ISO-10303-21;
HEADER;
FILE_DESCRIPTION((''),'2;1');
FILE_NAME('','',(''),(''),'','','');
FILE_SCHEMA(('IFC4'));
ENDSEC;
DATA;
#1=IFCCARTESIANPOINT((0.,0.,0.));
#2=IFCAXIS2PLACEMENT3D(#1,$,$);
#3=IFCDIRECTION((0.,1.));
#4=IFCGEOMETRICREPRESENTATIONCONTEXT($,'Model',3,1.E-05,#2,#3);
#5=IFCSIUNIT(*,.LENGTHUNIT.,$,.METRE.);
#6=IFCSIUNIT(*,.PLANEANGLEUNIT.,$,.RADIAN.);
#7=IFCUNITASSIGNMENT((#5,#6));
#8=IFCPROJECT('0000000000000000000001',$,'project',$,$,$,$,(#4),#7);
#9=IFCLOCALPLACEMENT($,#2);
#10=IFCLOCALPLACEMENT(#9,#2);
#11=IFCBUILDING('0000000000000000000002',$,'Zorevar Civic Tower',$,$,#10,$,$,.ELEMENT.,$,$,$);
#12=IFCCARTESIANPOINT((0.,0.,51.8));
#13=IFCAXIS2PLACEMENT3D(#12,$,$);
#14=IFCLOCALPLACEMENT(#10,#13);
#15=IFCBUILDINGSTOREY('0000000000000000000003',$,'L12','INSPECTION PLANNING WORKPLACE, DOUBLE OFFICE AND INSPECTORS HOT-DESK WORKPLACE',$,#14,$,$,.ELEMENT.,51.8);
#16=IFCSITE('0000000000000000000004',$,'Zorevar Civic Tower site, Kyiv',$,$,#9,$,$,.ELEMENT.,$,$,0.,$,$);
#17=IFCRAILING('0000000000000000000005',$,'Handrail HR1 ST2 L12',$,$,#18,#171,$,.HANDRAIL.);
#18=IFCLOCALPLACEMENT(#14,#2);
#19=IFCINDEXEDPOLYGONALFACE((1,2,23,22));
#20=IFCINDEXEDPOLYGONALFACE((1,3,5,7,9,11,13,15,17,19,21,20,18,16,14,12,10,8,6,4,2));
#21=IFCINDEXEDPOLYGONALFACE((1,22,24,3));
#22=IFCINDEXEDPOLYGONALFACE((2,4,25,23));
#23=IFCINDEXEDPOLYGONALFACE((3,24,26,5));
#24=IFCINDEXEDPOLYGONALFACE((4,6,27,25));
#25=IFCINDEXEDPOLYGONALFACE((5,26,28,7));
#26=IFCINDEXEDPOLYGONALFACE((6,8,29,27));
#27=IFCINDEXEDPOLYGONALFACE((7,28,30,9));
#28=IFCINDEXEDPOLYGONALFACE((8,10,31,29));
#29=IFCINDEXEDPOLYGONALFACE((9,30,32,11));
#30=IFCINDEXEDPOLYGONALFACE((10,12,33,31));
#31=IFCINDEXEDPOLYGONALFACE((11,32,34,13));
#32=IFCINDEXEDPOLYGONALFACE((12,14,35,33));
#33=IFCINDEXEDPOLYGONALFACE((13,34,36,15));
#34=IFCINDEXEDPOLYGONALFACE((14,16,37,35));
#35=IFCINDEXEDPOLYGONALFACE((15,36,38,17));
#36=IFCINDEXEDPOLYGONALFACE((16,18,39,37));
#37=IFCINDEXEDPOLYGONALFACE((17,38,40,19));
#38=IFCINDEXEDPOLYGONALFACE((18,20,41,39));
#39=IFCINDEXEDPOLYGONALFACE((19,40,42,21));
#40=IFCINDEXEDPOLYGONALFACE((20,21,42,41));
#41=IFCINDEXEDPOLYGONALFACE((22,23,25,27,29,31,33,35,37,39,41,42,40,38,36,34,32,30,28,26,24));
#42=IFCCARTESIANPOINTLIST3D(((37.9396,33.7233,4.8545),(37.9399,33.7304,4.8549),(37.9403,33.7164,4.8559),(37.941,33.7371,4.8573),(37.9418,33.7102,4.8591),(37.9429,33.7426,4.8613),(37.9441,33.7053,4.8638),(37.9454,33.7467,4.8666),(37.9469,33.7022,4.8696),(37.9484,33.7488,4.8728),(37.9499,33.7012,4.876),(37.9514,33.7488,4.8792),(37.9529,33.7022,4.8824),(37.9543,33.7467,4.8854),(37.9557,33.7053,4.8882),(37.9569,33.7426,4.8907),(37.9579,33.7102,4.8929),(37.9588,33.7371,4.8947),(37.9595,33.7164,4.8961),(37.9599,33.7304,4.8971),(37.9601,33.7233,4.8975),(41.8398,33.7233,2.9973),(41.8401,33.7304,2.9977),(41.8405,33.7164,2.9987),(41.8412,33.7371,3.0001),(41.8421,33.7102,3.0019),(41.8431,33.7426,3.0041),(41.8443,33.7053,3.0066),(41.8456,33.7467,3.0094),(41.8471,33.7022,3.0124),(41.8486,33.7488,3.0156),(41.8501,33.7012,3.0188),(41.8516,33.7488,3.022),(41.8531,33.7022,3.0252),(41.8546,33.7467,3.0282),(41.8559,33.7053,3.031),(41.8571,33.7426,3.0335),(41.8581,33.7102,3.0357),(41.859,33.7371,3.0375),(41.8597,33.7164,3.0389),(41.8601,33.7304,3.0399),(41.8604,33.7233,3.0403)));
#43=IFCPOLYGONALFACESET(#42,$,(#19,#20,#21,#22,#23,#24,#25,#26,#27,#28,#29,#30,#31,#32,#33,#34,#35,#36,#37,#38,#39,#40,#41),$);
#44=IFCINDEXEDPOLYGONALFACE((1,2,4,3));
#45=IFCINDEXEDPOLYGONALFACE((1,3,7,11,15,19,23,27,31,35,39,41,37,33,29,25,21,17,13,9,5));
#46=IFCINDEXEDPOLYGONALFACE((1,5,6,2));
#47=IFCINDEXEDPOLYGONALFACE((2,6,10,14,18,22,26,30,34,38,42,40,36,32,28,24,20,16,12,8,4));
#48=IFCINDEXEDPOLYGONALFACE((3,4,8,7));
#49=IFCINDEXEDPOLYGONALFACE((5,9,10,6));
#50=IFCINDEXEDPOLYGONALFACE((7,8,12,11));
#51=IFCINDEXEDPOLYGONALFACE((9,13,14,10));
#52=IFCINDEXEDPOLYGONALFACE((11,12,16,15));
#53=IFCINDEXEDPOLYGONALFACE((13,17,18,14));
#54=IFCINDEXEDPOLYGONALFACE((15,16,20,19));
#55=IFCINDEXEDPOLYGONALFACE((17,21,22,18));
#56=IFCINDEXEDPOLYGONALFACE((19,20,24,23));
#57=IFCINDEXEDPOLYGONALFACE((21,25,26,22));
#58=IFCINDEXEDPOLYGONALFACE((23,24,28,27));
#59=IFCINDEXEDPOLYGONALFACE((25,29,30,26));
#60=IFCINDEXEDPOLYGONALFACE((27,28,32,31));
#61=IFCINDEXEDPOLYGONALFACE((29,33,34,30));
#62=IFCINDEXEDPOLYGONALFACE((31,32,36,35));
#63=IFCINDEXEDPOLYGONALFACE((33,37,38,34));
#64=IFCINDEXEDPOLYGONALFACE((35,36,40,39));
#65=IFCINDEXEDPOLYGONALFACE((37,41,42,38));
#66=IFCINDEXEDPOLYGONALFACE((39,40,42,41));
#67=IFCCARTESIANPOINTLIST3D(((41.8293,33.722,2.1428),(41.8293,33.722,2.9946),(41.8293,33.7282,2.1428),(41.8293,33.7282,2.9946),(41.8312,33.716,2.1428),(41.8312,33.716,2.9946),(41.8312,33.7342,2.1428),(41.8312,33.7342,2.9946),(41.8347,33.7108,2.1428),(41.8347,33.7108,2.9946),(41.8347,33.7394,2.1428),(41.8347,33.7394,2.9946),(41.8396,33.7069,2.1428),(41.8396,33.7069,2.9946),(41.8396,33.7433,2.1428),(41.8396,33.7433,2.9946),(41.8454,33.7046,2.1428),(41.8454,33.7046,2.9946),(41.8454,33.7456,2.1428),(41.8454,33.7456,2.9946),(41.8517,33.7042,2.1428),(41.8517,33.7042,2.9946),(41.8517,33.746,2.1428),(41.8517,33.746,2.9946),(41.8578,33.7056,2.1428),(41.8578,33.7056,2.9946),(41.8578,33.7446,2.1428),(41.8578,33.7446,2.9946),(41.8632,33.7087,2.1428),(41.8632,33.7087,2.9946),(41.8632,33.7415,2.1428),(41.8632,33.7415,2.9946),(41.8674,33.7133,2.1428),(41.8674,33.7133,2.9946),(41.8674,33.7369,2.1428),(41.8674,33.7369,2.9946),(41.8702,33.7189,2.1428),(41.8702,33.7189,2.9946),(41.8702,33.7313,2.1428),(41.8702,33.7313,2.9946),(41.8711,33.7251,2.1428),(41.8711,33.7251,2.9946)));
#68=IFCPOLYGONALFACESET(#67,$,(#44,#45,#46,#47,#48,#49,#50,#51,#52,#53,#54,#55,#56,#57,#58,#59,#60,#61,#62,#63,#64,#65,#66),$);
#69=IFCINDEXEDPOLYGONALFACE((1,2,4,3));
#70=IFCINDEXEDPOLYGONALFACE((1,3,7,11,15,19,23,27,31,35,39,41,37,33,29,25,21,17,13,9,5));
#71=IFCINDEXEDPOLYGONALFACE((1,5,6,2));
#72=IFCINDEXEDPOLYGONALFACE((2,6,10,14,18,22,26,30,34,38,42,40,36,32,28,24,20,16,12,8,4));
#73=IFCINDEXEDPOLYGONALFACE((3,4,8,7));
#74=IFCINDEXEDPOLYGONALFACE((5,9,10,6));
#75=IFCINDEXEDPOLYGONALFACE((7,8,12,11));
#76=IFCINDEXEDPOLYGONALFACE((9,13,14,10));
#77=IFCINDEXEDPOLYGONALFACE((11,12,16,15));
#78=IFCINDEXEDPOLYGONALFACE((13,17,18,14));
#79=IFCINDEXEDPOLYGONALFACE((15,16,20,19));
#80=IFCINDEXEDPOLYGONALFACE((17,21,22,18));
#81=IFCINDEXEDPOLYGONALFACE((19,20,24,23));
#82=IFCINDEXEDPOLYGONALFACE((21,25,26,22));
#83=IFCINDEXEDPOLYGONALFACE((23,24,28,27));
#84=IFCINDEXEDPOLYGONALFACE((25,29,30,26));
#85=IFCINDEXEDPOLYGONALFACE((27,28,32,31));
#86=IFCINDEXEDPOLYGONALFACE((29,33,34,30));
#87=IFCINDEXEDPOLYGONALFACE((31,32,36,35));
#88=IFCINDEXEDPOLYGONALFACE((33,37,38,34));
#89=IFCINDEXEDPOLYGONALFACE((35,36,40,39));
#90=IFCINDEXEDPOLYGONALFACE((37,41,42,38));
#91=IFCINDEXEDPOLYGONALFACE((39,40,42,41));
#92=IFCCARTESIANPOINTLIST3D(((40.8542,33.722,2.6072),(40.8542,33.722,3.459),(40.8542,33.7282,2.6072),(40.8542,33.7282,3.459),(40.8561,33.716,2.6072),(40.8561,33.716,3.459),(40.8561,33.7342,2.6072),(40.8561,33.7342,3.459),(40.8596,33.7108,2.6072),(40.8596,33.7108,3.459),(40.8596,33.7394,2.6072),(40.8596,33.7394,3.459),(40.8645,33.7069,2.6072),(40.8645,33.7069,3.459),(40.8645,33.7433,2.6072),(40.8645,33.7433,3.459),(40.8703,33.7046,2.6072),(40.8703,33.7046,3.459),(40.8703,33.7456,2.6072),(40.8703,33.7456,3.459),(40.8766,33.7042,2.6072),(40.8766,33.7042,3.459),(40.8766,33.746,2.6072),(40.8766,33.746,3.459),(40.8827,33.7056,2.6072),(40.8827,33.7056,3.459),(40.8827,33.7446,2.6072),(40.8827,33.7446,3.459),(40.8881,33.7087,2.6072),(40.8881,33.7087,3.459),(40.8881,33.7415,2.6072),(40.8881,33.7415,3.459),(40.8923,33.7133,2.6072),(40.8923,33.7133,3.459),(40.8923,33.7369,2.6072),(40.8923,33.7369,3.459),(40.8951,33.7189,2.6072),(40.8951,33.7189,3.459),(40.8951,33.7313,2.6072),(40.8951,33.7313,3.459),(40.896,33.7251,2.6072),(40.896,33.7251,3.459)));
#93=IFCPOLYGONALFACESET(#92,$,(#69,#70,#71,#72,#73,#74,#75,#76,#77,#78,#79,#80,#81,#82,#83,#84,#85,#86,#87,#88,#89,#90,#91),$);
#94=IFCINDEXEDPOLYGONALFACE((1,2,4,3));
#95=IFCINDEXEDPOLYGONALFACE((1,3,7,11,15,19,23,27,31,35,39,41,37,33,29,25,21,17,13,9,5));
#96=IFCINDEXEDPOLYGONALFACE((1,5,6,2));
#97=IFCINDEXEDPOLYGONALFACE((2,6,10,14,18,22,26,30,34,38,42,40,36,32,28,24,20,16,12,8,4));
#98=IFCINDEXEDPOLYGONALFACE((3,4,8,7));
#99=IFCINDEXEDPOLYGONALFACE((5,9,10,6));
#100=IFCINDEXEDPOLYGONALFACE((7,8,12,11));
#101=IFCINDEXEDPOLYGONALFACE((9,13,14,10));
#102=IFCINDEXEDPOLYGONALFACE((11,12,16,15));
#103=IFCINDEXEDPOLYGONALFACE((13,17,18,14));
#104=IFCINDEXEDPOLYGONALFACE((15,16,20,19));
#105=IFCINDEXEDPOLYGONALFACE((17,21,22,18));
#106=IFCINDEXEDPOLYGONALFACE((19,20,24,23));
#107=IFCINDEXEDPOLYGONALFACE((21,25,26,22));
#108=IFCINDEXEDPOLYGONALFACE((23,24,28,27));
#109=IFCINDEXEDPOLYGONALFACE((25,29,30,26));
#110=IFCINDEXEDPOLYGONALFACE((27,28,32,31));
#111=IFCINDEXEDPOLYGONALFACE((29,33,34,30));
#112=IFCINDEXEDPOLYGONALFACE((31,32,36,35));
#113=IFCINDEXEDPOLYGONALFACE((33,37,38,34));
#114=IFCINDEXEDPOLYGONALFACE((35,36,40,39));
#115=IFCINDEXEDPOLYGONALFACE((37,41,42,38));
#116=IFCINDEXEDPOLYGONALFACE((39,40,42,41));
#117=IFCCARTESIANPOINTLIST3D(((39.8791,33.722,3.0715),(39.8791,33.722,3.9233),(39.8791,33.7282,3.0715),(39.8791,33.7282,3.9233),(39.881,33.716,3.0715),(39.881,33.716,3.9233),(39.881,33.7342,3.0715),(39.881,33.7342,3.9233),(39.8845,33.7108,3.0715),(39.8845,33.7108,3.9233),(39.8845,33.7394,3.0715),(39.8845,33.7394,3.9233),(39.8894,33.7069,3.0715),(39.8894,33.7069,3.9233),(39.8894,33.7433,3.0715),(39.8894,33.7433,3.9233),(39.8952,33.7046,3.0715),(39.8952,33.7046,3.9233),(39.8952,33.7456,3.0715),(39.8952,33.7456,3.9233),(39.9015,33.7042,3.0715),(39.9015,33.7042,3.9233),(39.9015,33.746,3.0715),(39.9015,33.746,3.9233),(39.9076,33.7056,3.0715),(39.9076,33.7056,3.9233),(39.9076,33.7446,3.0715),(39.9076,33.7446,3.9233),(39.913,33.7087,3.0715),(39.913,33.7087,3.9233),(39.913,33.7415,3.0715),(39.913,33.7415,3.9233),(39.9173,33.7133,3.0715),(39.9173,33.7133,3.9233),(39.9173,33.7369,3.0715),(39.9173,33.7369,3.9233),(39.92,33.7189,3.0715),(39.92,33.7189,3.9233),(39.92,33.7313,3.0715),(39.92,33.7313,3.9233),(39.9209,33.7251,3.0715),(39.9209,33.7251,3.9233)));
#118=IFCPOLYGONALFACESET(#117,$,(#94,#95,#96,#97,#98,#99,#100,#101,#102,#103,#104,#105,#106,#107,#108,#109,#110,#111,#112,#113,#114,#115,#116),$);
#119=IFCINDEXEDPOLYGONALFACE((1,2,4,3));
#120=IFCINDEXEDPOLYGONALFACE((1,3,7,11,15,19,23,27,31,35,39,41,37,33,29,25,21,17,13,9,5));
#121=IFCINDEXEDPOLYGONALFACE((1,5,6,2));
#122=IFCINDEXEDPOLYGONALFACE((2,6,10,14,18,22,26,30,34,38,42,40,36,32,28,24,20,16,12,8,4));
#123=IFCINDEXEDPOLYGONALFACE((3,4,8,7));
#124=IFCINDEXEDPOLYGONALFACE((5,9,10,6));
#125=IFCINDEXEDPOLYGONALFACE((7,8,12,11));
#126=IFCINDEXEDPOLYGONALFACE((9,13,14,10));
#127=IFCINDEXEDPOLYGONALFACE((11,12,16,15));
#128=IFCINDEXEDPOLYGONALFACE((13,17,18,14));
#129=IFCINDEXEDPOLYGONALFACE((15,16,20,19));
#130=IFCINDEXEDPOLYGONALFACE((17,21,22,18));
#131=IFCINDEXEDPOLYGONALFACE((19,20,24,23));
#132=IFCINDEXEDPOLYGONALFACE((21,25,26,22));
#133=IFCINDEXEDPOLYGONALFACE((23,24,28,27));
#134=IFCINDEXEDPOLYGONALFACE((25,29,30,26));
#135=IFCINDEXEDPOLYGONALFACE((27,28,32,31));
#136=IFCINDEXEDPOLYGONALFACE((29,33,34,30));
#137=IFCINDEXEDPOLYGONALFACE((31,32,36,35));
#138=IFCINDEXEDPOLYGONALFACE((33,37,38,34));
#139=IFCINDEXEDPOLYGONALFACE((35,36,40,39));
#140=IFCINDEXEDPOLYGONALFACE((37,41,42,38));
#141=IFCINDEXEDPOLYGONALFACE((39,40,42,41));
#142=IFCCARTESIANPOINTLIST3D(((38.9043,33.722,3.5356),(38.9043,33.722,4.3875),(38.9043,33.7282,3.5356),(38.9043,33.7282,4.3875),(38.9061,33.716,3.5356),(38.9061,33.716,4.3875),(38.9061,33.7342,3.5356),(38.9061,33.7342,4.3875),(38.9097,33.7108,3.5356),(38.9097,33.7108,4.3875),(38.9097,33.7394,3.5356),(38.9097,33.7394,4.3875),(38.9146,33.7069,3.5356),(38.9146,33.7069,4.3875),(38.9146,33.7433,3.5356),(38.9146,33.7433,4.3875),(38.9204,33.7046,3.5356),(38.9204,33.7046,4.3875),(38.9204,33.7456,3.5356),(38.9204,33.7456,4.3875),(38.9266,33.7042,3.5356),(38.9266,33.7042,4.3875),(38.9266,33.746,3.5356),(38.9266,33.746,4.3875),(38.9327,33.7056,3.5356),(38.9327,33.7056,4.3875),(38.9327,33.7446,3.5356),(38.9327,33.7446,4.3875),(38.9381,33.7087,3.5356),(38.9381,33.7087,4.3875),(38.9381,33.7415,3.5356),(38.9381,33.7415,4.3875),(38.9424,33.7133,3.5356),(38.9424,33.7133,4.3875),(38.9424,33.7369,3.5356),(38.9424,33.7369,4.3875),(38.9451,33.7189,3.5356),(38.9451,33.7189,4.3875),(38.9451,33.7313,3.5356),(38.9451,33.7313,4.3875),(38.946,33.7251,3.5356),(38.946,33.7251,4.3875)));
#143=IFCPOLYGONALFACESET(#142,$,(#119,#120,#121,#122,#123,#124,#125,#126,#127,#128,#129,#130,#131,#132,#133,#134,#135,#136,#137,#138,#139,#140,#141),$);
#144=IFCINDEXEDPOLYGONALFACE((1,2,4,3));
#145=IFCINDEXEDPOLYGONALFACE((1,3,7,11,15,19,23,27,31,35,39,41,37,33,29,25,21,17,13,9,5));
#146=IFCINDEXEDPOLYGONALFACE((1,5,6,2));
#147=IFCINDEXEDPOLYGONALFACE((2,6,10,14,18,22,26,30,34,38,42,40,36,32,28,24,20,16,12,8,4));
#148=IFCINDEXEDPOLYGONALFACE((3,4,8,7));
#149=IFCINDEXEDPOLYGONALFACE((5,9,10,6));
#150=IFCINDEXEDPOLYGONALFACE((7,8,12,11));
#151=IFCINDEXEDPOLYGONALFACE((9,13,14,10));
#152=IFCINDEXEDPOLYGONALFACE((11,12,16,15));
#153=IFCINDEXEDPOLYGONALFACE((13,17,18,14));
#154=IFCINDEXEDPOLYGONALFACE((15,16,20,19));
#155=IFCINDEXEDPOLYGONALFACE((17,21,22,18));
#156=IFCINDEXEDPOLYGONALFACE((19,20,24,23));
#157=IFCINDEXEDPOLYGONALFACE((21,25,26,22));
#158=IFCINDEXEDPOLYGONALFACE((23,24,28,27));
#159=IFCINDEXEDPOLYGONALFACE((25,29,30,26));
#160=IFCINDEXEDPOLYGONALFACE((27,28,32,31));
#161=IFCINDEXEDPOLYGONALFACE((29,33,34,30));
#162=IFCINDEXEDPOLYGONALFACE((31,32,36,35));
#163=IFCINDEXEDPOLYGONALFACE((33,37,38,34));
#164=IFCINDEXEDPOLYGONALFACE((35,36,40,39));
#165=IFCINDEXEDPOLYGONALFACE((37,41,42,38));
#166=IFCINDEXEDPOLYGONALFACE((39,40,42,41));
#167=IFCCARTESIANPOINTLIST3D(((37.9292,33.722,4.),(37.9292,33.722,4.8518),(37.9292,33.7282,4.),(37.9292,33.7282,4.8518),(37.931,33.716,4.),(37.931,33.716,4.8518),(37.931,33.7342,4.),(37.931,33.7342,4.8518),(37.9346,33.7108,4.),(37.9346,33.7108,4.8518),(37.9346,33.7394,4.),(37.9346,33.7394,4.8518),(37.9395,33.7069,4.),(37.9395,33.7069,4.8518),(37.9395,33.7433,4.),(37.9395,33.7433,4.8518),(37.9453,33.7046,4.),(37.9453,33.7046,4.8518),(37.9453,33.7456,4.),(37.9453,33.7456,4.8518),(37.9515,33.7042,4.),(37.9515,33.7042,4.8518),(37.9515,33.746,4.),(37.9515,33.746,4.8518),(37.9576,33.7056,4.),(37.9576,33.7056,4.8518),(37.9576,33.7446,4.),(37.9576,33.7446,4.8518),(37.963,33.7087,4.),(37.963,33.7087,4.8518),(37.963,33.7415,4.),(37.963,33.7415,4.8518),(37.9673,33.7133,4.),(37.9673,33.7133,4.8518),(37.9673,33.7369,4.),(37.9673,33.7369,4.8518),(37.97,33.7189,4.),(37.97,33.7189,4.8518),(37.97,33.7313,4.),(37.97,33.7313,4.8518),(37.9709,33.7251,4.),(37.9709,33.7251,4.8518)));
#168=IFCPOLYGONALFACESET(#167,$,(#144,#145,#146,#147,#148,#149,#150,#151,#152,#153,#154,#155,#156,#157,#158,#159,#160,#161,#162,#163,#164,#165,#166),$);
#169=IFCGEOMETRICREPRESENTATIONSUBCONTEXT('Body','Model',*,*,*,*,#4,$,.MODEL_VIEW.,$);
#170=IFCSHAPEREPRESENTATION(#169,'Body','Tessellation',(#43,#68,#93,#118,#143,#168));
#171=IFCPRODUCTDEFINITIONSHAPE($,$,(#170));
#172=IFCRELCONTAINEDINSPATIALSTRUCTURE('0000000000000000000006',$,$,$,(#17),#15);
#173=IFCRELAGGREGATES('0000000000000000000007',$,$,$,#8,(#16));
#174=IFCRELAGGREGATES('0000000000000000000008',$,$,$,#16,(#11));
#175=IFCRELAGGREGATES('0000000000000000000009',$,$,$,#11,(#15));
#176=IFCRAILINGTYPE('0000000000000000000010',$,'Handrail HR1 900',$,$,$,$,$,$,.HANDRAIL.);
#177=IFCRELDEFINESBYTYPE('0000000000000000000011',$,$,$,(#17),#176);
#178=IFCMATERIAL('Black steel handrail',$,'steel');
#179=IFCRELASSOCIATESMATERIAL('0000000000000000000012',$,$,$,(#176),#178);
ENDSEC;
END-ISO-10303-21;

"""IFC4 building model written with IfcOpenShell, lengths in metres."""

from ifc_helpers import new_model, si_unit, direction, frame, origin, origin_2d, place, context, subcontext, project, spatial, circle, extrude, material, type_object, element, save


model = new_model("IFC4")

# Units and contexts
model_context = context("Model", 3, precision=1e-05, world=origin(), true_north=direction((0.0, 1.0)))
body_context = subcontext(model_context, "Body", "Model", "MODEL_VIEW")
ifc_project = project(units=[si_unit("LENGTHUNIT", "METRE"), si_unit("PLANEANGLEUNIT", "RADIAN")], contexts=[model_context])

# Site, building, storey
site_placement = place(None, origin())
site = spatial("IfcSite", under=ifc_project, at=site_placement, Name="Zorevar Civic Tower site, Kyiv", CompositionType="ELEMENT", RefElevation=0.0)
building_placement = place(site_placement, origin())
building = spatial("IfcBuilding", under=site, at=building_placement, Name="Zorevar Civic Tower", CompositionType="ELEMENT")
storey_placement = place(building_placement, frame((0.0, 0.0, 51.8)))
storey = spatial("IfcBuildingStorey", under=building, at=storey_placement, Name="L12", Description="INSPECTION PLANNING WORKPLACE, DOUBLE OFFICE AND INSPECTORS HOT-DESK WORKPLACE", CompositionType="ELEMENT", Elevation=51.8)

# Railing
ifc_material_1 = material(Name="Black steel handrail", Category="steel")
railing_type = type_object("IfcRailingType", Name="Handrail HR1 900", PredefinedType="HANDRAIL", material=ifc_material_1)
railing_1_placement = place(storey_placement, frame((41.8501, 33.7251, 2.1428)))
element("IfcRailing", 1, at=railing_1_placement, inside=storey, type_object=railing_type, Name="Handrail HR1 ST2 L12", PredefinedType="HANDRAIL", context=body_context, shape_type="SweptSolid", body=[
    extrude(circle(Radius=0.0239, at=origin_2d()), frame((0.0, 0.0, 0.876), z_axis=(-0.902864, 0.0, 0.429927), x_axis=(0.0, -1.0, 0.0)), (0.0, 0.0, 1.0), 4.3198),
    extrude(circle(Radius=0.021, at=origin_2d()), origin(), (0.0, 0.0, 1.0), 0.8518),
    extrude(circle(Radius=0.021, at=origin_2d()), frame((-0.9751, 0.0, 0.4644)), (0.0, 0.0, 1.0), 0.8518),
    extrude(circle(Radius=0.021, at=origin_2d()), frame((-1.9502, 0.0, 0.9287)), (0.0, 0.0, 1.0), 0.8518),
    extrude(circle(Radius=0.021, at=origin_2d()), frame((-2.925, 0.0, 1.3928)), (0.0, 0.0, 1.0), 0.8518),
    extrude(circle(Radius=0.021, at=origin_2d()), frame((-3.9001, 0.0, 1.8572)), (0.0, 0.0, 1.0), 0.8518),
])

save(model, "model.ifc")
